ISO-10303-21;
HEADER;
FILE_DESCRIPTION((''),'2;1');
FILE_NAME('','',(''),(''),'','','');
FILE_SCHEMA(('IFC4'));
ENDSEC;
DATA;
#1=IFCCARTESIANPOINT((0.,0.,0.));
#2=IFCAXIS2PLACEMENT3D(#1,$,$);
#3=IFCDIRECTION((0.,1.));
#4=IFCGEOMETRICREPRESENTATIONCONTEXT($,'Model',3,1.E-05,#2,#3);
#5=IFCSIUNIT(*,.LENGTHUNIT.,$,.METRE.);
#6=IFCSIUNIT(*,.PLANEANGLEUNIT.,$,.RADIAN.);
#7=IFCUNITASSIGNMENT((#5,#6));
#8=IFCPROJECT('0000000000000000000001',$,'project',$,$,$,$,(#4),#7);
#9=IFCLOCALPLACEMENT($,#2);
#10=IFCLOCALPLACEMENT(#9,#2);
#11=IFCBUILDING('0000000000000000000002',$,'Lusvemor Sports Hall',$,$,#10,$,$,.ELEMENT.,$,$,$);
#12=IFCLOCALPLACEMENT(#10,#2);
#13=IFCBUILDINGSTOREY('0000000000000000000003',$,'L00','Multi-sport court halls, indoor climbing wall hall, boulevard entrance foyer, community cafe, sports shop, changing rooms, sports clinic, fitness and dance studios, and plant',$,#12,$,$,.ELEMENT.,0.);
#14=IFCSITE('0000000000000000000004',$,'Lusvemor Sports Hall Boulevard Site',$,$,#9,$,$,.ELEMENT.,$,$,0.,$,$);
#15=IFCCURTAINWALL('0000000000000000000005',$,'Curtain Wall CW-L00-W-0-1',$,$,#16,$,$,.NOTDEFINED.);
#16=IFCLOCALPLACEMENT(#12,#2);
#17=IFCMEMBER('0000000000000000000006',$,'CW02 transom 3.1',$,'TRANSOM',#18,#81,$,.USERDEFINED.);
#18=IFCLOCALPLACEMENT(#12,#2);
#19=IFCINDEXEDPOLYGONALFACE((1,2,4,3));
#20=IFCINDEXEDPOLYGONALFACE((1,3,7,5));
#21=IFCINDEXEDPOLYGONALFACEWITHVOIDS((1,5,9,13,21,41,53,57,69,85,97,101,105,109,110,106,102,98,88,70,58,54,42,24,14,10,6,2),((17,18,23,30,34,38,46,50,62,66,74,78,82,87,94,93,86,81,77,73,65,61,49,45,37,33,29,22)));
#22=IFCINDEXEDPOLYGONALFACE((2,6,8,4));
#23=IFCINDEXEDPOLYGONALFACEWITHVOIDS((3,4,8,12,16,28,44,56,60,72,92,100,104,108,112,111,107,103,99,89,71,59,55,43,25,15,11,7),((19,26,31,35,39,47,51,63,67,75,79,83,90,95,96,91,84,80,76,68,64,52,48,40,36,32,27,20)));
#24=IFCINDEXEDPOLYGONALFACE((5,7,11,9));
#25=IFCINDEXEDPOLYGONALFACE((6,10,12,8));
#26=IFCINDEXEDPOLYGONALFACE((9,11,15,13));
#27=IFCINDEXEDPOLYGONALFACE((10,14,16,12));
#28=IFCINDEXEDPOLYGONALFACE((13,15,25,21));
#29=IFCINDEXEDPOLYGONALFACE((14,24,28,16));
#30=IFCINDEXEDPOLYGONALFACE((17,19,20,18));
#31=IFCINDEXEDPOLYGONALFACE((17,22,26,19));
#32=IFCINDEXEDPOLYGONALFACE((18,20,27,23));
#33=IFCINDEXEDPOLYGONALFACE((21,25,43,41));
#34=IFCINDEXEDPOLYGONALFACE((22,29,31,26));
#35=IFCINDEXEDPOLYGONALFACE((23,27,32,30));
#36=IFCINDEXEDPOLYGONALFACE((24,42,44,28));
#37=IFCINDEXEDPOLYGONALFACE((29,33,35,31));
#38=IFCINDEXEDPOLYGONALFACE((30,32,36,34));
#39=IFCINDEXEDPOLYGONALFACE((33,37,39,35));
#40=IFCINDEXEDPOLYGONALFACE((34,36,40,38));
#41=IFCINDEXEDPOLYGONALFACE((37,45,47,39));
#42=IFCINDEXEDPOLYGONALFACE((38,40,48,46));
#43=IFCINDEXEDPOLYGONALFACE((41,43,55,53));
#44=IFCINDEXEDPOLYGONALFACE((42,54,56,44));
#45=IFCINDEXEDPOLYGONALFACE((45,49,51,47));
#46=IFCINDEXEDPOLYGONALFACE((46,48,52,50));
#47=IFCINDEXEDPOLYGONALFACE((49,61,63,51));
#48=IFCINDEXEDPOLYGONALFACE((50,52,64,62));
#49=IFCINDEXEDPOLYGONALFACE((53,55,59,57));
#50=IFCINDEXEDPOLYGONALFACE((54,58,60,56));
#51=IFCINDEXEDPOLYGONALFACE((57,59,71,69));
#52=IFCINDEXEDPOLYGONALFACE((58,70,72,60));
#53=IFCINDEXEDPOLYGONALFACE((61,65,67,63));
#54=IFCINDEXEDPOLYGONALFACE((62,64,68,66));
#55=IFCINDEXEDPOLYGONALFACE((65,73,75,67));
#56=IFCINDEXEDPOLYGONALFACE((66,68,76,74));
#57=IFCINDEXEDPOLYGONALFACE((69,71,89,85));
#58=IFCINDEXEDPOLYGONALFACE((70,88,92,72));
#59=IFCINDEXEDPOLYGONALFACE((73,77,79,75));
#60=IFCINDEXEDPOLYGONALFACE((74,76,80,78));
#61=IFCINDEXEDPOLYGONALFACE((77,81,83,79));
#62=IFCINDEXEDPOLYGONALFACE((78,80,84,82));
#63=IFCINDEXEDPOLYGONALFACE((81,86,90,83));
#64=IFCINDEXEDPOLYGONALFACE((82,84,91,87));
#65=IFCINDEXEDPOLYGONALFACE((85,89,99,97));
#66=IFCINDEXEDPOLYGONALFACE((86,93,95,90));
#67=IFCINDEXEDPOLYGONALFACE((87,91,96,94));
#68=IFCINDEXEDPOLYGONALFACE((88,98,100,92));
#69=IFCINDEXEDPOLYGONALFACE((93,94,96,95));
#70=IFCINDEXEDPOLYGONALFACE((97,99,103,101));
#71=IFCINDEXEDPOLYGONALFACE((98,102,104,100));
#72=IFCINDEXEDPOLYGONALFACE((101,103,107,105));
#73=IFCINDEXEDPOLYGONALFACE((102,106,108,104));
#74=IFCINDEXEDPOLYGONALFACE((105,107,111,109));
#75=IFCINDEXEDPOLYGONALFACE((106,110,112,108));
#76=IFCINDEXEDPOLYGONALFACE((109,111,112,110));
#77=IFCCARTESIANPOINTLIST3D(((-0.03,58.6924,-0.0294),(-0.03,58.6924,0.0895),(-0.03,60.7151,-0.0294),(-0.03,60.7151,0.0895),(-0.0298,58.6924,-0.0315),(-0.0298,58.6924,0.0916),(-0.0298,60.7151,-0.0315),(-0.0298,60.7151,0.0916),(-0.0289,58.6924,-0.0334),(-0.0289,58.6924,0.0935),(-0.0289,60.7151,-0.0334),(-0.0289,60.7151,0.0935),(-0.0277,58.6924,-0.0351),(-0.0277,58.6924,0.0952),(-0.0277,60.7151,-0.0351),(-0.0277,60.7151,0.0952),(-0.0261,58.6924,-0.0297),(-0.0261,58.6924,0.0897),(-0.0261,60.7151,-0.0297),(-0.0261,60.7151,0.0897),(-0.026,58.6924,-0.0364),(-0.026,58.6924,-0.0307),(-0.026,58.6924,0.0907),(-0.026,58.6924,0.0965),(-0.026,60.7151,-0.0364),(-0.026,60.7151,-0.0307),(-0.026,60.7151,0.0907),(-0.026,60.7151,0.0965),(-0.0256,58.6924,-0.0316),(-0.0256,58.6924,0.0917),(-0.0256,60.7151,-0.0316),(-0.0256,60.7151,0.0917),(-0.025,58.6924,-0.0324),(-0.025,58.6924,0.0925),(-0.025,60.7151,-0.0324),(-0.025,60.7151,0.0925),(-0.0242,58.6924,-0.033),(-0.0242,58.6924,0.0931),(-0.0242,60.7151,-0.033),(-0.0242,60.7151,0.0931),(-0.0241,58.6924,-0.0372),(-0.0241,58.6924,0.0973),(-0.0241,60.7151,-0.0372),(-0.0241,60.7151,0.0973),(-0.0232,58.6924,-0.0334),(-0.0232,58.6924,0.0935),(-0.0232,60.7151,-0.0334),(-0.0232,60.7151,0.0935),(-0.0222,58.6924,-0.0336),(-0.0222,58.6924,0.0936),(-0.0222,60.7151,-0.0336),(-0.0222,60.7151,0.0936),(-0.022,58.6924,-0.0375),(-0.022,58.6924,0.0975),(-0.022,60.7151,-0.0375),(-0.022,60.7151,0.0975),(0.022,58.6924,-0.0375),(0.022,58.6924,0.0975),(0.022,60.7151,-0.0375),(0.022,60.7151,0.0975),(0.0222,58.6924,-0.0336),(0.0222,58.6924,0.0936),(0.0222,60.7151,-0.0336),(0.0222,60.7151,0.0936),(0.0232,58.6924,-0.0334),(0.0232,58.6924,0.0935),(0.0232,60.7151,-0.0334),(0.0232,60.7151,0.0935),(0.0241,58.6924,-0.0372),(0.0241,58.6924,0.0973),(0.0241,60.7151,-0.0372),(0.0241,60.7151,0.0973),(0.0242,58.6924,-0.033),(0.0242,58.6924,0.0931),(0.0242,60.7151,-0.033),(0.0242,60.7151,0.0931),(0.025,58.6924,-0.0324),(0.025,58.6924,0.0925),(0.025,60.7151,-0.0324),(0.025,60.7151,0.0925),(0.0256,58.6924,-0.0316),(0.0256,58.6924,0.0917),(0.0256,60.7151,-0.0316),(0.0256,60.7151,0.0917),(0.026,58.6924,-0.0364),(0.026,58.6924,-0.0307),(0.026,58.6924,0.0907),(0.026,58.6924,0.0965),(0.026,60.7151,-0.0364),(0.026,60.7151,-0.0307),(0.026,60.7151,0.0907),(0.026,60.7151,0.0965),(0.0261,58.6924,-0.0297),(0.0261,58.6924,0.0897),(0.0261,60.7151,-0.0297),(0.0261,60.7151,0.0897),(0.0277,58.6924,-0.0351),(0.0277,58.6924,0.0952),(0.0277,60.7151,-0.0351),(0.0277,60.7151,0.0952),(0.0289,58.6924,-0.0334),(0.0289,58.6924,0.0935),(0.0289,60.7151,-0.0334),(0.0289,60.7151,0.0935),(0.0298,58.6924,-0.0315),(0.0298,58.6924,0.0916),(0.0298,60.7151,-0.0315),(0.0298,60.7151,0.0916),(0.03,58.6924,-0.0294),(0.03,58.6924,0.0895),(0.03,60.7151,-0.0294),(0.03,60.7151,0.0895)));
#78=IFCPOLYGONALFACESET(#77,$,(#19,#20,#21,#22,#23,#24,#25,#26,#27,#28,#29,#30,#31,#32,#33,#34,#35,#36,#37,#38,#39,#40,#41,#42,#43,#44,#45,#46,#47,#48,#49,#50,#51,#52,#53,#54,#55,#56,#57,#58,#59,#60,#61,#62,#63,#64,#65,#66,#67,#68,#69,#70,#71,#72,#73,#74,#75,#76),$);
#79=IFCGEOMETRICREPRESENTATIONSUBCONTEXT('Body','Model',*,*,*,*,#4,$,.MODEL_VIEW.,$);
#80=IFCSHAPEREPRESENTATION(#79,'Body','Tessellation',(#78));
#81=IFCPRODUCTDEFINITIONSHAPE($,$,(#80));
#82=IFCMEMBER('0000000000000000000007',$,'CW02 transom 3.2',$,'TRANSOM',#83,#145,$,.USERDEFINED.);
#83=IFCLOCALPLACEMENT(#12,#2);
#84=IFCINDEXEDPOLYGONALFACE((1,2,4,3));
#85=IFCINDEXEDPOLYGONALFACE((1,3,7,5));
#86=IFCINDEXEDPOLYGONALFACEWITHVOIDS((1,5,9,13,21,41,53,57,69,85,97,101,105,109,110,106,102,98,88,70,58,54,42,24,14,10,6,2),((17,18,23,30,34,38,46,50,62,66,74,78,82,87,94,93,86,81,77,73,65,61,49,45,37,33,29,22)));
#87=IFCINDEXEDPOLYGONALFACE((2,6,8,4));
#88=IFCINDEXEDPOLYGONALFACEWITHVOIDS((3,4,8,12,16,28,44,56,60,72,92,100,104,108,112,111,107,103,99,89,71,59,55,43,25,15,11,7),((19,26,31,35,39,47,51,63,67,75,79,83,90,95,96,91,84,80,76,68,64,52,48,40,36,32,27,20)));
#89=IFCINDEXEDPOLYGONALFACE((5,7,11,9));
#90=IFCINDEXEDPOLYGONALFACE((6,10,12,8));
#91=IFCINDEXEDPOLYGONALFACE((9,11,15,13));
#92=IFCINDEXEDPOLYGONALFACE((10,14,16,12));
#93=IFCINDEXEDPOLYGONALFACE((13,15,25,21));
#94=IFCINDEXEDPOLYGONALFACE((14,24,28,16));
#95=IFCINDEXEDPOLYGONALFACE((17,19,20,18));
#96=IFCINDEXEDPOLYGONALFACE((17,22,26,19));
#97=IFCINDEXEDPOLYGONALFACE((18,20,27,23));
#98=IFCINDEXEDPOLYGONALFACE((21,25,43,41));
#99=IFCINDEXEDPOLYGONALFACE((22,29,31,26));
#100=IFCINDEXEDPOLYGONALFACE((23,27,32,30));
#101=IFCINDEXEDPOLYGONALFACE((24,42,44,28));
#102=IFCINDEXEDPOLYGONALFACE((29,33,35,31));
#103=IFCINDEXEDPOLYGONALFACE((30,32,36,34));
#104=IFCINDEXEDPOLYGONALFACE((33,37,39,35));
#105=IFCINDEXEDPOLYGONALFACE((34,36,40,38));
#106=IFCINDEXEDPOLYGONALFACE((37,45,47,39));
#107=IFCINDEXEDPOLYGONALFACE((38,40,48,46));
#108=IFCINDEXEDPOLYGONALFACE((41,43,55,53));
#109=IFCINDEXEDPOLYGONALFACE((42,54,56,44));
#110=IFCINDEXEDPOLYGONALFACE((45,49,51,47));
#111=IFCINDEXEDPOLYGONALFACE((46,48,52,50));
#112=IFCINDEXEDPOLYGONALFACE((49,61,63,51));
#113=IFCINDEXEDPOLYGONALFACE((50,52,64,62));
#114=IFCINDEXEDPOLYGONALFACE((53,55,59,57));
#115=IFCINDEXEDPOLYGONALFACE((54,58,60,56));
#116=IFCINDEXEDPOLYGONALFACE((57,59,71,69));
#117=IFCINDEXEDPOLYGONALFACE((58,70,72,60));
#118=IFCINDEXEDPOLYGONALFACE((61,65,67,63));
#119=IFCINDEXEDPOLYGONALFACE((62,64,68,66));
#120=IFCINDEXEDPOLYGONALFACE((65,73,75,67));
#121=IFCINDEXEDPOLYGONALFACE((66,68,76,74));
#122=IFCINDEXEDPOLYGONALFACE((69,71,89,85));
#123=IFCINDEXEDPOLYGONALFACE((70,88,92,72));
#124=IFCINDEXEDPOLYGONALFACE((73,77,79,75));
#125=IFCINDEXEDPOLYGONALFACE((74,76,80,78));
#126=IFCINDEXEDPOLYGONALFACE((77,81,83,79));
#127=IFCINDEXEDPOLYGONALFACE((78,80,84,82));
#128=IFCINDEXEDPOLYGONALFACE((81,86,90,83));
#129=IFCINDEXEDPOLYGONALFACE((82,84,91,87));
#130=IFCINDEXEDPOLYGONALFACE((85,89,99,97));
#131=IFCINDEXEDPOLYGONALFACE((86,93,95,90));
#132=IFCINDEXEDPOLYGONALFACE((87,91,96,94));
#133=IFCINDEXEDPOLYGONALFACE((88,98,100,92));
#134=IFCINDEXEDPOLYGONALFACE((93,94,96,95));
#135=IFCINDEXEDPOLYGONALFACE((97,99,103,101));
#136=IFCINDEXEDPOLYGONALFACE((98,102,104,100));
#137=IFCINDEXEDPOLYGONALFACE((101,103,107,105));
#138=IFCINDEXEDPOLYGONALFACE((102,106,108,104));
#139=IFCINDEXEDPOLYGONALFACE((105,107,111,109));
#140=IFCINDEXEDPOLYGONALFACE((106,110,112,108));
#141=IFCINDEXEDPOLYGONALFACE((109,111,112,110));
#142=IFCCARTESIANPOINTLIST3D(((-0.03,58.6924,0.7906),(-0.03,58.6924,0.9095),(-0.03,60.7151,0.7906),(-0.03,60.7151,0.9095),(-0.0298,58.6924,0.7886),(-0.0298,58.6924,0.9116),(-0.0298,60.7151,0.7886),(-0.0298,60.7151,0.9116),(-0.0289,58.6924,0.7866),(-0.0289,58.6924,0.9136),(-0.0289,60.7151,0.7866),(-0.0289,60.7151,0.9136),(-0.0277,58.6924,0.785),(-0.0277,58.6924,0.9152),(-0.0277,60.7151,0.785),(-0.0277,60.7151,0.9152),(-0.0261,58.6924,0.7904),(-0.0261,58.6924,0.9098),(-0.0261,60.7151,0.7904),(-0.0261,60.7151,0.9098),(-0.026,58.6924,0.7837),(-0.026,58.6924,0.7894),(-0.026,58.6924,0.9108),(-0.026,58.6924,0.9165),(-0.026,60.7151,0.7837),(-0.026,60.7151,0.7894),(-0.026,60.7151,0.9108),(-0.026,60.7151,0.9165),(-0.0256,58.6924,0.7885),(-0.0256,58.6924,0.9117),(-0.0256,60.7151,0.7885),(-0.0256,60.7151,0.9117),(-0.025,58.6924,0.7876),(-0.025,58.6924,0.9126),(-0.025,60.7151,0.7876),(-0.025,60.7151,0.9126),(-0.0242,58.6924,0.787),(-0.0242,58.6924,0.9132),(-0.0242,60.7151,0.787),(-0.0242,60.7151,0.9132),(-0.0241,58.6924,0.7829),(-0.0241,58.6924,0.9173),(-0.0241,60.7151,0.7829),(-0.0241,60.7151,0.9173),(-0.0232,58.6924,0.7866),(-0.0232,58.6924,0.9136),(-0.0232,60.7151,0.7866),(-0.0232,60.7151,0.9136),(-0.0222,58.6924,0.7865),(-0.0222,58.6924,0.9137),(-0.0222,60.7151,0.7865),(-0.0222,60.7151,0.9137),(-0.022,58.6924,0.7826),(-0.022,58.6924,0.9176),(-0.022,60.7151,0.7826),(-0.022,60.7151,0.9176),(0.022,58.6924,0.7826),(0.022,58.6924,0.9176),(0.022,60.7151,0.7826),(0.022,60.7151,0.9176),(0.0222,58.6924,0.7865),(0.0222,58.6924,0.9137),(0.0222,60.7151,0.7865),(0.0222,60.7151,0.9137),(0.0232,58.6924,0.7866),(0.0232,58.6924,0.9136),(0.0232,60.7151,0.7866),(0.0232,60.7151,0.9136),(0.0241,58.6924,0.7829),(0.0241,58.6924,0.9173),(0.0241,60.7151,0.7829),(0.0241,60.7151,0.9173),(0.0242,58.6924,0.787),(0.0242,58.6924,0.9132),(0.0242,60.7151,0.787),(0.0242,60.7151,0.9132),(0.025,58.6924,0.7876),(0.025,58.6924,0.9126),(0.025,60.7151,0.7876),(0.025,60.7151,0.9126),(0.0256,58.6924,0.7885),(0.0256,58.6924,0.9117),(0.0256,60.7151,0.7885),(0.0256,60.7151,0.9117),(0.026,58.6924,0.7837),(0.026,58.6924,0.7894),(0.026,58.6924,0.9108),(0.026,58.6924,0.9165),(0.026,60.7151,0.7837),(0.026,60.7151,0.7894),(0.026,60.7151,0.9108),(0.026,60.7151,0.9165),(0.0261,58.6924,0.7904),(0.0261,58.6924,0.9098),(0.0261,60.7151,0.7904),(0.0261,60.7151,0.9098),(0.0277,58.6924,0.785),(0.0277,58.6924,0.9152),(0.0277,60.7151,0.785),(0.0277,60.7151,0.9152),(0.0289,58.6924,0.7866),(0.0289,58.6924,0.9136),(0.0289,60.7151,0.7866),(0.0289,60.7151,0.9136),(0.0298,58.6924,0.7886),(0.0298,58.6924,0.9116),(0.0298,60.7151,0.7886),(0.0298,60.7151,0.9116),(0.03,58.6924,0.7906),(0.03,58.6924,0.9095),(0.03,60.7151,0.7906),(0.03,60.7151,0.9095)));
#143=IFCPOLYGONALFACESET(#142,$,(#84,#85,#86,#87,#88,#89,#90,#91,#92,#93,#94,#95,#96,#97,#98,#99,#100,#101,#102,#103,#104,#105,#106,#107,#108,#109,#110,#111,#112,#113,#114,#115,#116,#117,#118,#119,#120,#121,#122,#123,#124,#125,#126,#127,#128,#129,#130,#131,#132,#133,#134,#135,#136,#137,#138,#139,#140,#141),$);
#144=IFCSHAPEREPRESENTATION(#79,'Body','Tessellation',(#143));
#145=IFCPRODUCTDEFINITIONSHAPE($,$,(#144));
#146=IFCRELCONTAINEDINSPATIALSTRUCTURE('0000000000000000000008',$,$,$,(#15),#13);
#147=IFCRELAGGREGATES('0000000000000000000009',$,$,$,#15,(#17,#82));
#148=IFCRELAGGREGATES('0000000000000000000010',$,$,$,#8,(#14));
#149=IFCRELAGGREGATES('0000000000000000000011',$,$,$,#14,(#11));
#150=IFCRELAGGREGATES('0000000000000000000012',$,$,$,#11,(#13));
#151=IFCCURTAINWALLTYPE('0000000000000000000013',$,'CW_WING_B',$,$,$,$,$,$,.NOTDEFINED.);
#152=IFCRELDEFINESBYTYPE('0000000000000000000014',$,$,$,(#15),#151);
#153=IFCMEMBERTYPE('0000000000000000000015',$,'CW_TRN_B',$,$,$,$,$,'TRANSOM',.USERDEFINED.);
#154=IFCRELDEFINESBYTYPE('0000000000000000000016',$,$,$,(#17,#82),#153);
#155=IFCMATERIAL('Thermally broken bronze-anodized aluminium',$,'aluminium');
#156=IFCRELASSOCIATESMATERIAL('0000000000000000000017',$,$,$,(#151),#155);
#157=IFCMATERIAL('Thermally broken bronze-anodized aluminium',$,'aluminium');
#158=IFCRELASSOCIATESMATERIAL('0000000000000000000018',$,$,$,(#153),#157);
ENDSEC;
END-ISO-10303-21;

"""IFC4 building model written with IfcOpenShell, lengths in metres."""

from ifc_helpers import new_model, si_unit, direction, frame, origin, origin_2d, place, context, subcontext, project, spatial, hollow_rectangle, extrude, material, material_profile, profile_set, type_object, element, aggregate, save


model = new_model("IFC4")

# Units and contexts
model_context = context("Model", 3, precision=1e-05, world=origin(), true_north=direction((0.0, 1.0)))
body_context = subcontext(model_context, "Body", "Model", "MODEL_VIEW")
ifc_project = project(units=[si_unit("LENGTHUNIT", "METRE"), si_unit("PLANEANGLEUNIT", "RADIAN")], contexts=[model_context])

# Site, building, storey
site_placement = place(None, origin())
site = spatial("IfcSite", under=ifc_project, at=site_placement, Name="Lusvemor Sports Hall Boulevard Site", CompositionType="ELEMENT", RefElevation=0.0)
building_placement = place(site_placement, origin())
building = spatial("IfcBuilding", under=site, at=building_placement, Name="Lusvemor Sports Hall", CompositionType="ELEMENT")
storey_placement = place(building_placement, origin())
storey = spatial("IfcBuildingStorey", under=building, at=storey_placement, Name="L00", Description="Multi-sport court halls, indoor climbing wall hall, boulevard entrance foyer, community cafe, sports shop, changing rooms, sports clinic, fitness and dance studios, and plant", CompositionType="ELEMENT", Elevation=0.0)

# Curtain wall, members
ifc_material_1 = material(Name="Thermally broken bronze-anodized aluminium", Category="aluminium")
curtain_wall_type = type_object("IfcCurtainWallType", Name="CW_WING_B", PredefinedType="NOTDEFINED", material=ifc_material_1)
curtain_wall_placement = place(storey_placement, origin())
curtain_wall = element("IfcCurtainWall", 1, at=curtain_wall_placement, inside=storey, type_object=curtain_wall_type, Name="Curtain Wall CW-L00-W-0-1", PredefinedType="NOTDEFINED")
ifc_material_2 = material(Name="Thermally broken bronze-anodized aluminium", Category="aluminium")
ifc_material_profile_1 = material_profile(ifc_material_2, hollow_rectangle(XDim=0.0601, YDim=0.135, WallThickness=0.0039, InnerFilletRadius=0.0039, OuterFilletRadius=0.0081, at=origin_2d()), Name="CWTRN135x60x4")
ifc_profile_set_1 = profile_set([ifc_material_profile_1], Name="Thermally broken bronze-anodized aluminium")
member_type_1 = type_object("IfcMemberType", Name="CW_TRN_B", ElementType="TRANSOM", PredefinedType="USERDEFINED", material=ifc_profile_set_1)
member_1_placement = place(storey_placement, frame((0.0, 58.6924, 0.03), z_axis=(0.0, 1.0, 0.0), x_axis=(-1.0, 0.0, 0.0)))
member_1 = element("IfcMember", 2, at=member_1_placement, type_object=member_type_1, Name="CW02 transom 3.1", ObjectType="TRANSOM", PredefinedType="USERDEFINED", context=body_context, shape_type="SweptSolid", body=[
    extrude(hollow_rectangle(XDim=0.0601, YDim=0.135, WallThickness=0.0039, InnerFilletRadius=0.0039, OuterFilletRadius=0.0081, at=origin_2d()), origin(), (0.0, 0.0, 1.0), 2.0227),
])
member_2_placement = place(storey_placement, frame((0.0, 58.6924, 0.8501), z_axis=(0.0, 1.0, 0.0), x_axis=(-1.0, 0.0, 0.0)))
member_2 = element("IfcMember", 3, at=member_2_placement, type_object=member_type_1, Name="CW02 transom 3.2", ObjectType="TRANSOM", PredefinedType="USERDEFINED", context=body_context, shape_type="SweptSolid", body=[
    extrude(hollow_rectangle(XDim=0.0601, YDim=0.135, WallThickness=0.0039, InnerFilletRadius=0.0039, OuterFilletRadius=0.0081, at=origin_2d()), origin(), (0.0, 0.0, 1.0), 2.0227),
])
aggregate(curtain_wall, [member_1, member_2])

save(model, "model.ifc")
